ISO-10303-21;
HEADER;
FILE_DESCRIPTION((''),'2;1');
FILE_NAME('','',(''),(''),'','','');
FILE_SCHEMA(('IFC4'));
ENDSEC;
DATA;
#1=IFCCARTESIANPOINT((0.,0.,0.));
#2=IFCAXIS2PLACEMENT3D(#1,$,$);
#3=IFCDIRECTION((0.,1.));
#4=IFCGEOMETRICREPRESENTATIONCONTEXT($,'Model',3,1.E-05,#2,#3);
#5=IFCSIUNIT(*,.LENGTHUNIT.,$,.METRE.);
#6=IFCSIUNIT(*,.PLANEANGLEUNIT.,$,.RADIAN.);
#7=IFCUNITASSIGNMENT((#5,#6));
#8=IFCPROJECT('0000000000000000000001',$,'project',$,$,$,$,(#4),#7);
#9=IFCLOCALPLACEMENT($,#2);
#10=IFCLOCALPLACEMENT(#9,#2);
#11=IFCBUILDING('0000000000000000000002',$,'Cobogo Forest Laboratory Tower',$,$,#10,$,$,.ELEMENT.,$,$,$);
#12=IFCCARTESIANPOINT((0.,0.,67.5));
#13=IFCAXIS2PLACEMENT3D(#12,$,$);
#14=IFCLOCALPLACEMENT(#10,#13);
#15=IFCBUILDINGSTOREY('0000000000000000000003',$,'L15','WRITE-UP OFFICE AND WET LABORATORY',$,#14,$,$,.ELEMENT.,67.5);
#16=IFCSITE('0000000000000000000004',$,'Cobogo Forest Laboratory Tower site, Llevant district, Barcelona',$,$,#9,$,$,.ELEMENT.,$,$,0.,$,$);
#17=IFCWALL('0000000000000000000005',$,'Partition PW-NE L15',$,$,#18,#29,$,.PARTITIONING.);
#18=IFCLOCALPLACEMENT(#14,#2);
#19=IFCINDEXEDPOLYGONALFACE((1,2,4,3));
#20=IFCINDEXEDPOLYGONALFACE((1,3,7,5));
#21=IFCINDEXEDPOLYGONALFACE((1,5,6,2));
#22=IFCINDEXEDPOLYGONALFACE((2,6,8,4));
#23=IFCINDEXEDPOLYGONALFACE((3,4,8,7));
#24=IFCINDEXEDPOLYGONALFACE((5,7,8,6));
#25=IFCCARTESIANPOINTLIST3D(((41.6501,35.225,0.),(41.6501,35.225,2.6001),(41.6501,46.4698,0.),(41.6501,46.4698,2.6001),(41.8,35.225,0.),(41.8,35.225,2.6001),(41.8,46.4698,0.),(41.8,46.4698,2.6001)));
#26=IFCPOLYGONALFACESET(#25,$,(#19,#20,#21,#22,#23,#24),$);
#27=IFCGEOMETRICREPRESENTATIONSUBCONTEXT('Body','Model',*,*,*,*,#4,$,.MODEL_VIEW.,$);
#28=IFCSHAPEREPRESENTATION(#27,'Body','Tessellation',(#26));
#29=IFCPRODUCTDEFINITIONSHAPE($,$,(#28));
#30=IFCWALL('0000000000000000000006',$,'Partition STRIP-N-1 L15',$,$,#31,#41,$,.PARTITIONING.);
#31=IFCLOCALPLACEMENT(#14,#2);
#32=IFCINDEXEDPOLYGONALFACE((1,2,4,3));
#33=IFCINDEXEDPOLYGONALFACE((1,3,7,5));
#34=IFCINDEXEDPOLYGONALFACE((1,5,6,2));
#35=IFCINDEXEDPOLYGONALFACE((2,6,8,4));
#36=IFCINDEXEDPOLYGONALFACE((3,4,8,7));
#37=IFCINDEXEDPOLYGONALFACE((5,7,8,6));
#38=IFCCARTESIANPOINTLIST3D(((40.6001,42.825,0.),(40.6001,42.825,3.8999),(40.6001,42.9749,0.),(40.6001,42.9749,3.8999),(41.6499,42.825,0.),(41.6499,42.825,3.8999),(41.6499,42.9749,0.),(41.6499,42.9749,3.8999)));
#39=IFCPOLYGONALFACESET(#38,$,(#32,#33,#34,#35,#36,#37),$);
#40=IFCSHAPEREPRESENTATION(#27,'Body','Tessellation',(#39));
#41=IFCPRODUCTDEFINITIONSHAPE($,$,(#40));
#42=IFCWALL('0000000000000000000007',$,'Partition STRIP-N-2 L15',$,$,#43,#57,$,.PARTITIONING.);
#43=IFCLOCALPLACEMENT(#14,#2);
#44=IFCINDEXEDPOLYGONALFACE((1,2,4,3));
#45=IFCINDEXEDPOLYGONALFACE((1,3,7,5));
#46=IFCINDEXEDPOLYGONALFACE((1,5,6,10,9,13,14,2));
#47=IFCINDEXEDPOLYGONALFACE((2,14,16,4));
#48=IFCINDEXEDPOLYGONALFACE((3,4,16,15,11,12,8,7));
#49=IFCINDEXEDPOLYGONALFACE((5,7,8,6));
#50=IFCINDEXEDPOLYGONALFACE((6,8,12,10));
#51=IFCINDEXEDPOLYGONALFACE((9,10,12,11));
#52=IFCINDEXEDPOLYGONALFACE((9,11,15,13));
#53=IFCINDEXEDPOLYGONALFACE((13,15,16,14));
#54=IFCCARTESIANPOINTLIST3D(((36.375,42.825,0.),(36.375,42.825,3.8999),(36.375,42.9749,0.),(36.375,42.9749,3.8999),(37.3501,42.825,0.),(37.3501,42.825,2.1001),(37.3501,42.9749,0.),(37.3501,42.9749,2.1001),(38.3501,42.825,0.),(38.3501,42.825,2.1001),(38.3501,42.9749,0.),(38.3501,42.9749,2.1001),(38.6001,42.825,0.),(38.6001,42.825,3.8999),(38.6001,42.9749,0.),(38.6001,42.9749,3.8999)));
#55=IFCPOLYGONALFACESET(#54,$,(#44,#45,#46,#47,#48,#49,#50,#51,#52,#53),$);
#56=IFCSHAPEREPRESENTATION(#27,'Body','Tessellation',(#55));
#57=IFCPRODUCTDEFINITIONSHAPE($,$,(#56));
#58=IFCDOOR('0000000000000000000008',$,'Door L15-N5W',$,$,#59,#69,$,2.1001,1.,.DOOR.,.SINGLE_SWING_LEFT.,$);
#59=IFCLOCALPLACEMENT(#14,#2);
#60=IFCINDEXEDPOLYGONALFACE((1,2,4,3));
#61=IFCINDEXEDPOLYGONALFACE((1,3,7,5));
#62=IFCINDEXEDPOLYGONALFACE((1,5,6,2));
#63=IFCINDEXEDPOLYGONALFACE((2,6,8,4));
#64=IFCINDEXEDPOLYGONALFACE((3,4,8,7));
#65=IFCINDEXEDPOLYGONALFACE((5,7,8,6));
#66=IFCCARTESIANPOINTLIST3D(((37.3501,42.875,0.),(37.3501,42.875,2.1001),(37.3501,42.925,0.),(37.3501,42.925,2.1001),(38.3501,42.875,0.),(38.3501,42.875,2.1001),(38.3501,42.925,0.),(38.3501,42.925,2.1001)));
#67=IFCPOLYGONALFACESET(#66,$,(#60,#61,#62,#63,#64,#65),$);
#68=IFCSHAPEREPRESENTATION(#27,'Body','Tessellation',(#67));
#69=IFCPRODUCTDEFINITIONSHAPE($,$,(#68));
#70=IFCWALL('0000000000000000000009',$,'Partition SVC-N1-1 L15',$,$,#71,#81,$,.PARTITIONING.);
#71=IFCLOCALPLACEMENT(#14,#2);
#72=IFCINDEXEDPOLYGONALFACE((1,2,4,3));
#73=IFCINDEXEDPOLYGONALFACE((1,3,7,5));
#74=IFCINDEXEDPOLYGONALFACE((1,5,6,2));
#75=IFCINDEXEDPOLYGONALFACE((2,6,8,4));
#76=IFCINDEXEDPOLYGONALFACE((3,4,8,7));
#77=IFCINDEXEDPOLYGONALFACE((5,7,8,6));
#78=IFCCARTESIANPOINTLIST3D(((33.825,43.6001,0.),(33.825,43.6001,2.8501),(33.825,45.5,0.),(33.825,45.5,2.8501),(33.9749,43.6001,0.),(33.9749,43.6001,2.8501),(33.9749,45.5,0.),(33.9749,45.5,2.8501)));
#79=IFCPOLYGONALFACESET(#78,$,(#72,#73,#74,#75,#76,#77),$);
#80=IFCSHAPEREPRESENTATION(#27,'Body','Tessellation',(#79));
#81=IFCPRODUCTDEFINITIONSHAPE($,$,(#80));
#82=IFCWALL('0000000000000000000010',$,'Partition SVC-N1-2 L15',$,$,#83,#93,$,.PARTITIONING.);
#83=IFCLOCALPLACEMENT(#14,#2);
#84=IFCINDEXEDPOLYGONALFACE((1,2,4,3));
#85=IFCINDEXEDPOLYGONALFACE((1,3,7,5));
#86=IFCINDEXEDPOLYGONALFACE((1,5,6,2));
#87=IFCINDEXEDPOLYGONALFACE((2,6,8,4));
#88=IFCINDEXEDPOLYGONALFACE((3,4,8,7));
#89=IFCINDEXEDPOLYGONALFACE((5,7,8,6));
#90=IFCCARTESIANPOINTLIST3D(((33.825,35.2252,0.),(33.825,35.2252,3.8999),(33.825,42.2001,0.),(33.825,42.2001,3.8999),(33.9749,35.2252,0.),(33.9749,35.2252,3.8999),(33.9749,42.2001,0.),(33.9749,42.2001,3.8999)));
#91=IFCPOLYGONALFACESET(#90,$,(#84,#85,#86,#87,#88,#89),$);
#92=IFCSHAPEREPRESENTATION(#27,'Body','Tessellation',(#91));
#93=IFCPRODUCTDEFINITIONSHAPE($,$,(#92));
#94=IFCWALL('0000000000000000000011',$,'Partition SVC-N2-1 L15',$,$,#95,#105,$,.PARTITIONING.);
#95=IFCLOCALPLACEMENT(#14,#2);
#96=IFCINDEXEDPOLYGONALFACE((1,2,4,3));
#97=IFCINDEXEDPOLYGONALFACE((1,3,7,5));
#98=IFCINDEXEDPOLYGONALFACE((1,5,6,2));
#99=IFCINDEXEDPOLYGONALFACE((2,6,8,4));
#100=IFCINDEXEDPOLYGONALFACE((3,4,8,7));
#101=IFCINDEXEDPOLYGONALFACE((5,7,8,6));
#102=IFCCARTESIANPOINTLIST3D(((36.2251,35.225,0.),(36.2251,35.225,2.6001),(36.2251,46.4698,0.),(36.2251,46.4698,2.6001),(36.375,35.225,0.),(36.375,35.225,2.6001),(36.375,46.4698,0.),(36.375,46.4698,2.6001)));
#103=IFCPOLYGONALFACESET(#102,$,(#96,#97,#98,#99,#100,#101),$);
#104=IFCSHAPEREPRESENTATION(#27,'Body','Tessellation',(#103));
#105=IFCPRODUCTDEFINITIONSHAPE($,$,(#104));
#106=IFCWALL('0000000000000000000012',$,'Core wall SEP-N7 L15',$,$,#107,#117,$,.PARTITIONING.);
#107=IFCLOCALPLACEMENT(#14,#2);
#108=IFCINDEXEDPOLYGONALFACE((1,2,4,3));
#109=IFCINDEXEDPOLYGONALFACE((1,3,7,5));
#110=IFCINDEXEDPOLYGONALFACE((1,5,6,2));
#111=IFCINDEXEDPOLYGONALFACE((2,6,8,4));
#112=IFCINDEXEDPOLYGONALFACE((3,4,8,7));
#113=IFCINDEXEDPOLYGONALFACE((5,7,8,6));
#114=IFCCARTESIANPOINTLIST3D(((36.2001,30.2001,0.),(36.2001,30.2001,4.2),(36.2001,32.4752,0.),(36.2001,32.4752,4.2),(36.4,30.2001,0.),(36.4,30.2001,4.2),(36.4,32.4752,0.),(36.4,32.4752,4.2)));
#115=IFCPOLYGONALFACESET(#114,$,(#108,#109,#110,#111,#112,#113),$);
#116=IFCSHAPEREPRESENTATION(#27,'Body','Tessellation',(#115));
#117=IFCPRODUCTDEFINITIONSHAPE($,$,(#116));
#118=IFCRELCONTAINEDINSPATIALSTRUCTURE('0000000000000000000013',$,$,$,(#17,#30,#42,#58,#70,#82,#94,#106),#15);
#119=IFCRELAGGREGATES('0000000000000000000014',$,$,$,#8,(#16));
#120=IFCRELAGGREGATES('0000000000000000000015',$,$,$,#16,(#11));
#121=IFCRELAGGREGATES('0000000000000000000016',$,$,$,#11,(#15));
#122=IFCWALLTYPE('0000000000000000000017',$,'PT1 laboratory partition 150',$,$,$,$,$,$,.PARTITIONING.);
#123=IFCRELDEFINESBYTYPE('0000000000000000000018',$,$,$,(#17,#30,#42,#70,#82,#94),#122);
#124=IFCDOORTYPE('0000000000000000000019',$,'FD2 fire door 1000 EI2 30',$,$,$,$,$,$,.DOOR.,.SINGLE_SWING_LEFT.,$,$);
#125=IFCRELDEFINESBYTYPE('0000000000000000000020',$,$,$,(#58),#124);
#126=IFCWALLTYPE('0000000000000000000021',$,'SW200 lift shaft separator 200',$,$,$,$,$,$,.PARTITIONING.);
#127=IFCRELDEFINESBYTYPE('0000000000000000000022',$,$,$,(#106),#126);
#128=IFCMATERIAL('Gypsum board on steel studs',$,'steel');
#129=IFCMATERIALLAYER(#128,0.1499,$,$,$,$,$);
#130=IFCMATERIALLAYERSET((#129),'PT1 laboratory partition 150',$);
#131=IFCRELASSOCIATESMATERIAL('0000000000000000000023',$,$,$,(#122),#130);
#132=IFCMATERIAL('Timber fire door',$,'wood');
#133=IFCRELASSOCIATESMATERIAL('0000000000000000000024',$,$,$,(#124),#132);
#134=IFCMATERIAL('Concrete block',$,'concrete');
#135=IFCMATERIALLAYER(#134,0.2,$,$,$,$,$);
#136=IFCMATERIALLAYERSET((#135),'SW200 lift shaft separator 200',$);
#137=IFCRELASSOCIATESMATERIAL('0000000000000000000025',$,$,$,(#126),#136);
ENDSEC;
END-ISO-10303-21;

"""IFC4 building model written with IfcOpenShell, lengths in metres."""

from ifc_helpers import new_model, si_unit, direction, frame, frame_2d, origin, place, context, subcontext, project, spatial, rectangle, extrude, material, layer, layer_set, type_object, element, fill, save


model = new_model("IFC4")

# Units and contexts
model_context = context("Model", 3, precision=1e-05, world=origin(), true_north=direction((0.0, 1.0)))
body_context = subcontext(model_context, "Body", "Model", "MODEL_VIEW")
ifc_project = project(units=[si_unit("LENGTHUNIT", "METRE"), si_unit("PLANEANGLEUNIT", "RADIAN")], contexts=[model_context])

# Site, building, storey
site_placement = place(None, origin())
site = spatial("IfcSite", under=ifc_project, at=site_placement, Name="Cobogo Forest Laboratory Tower site, Llevant district, Barcelona", CompositionType="ELEMENT", RefElevation=0.0)
building_placement = place(site_placement, origin())
building = spatial("IfcBuilding", under=site, at=building_placement, Name="Cobogo Forest Laboratory Tower", CompositionType="ELEMENT")
storey_placement = place(building_placement, frame((0.0, 0.0, 67.5)))
storey = spatial("IfcBuildingStorey", under=building, at=storey_placement, Name="L15", Description="WRITE-UP OFFICE AND WET LABORATORY", CompositionType="ELEMENT", Elevation=67.5)

# Walls
ifc_material_1 = material(Name="Gypsum board on steel studs", Category="steel")
ifc_layer_1 = layer(ifc_material_1, 0.1499)
ifc_layer_set_1 = layer_set([ifc_layer_1], Name="PT1 laboratory partition 150")
wall_type_1 = type_object("IfcWallType", Name="PT1 laboratory partition 150", PredefinedType="PARTITIONING", material=ifc_layer_set_1)
wall_1_placement = place(storey_placement, frame((41.7251, 46.47, 0.0), z_axis=(0.0, 0.0, 1.0), x_axis=(0.0, -1.0, 0.0)))
element("IfcWall", 1, at=wall_1_placement, inside=storey, type_object=wall_type_1, Name="Partition PW-NE L15", PredefinedType="PARTITIONING", context=body_context, shape_type="SweptSolid", body=[
    extrude(rectangle(XDim=11.2449, YDim=0.1499, at=frame_2d((5.6226, 0.0))), origin(), (0.0, 0.0, 1.0), 2.6001),
])
wall_2_placement = place(storey_placement, frame((41.6499, 42.8999, 0.0), z_axis=(0.0, 0.0, 1.0), x_axis=(-1.0, 0.0, 0.0)))
element("IfcWall", 2, at=wall_2_placement, inside=storey, type_object=wall_type_1, Name="Partition STRIP-N-1 L15", PredefinedType="PARTITIONING", context=body_context, shape_type="SweptSolid", body=[
    extrude(rectangle(XDim=1.0498, YDim=0.1499, at=frame_2d((0.5249, 0.0))), origin(), (0.0, 0.0, 1.0), 3.8999),
])

# Wall, opening, door
wall_3_placement = place(storey_placement, frame((38.6001, 42.8999, 0.0), z_axis=(0.0, 0.0, 1.0), x_axis=(-1.0, 0.0, 0.0)))
wall_3 = element("IfcWall", 3, at=wall_3_placement, inside=storey, type_object=wall_type_1, Name="Partition STRIP-N-2 L15", PredefinedType="PARTITIONING", context=body_context, shape_type="SweptSolid", body=[
    extrude(rectangle(XDim=2.2251, YDim=0.1499, at=frame_2d((1.1125, 0.0))), origin(), (0.0, 0.0, 1.0), 3.8999),
])
opening_placement = place(wall_3_placement, frame((0.25, 0.0, 0.0)))
opening = element("IfcOpeningElement", 4, at=opening_placement, cuts=wall_3, PredefinedType="OPENING", context=body_context, shape_type="SweptSolid", body=[
    extrude(rectangle(XDim=1.0, YDim=2.1001, at=frame_2d((0.5, 1.05))), frame((0.0, 0.085, 0.0), z_axis=(0.0, -1.0, 0.0), x_axis=(1.0, 0.0, 0.0)), (0.0, 0.0, 1.0), 0.1699),
])
ifc_material_2 = material(Name="Timber fire door", Category="wood")
door_type = type_object("IfcDoorType", Name="FD2 fire door 1000 EI2 30", OperationType="SINGLE_SWING_LEFT", PredefinedType="DOOR", material=ifc_material_2)
door_placement = place(opening_placement, origin())
door = element("IfcDoor", 5, at=door_placement, inside=storey, type_object=door_type, Name="Door L15-N5W", OperationType="SINGLE_SWING_LEFT", OverallHeight=2.1001, OverallWidth=1.0, PredefinedType="DOOR", context=body_context, shape_type="SweptSolid", body=[
    extrude(rectangle(XDim=1.0, YDim=2.1001, at=frame_2d((0.5, 1.05))), frame((0.0, 0.0249, 0.0), z_axis=(0.0, -1.0, 0.0), x_axis=(1.0, 0.0, 0.0)), (0.0, 0.0, 1.0), 0.05),
])
fill(opening, door)

# Walls
wall_4_placement = place(storey_placement, frame((33.8999, 45.5, 0.0), z_axis=(0.0, 0.0, 1.0), x_axis=(0.0, -1.0, 0.0)))
element("IfcWall", 6, at=wall_4_placement, inside=storey, type_object=wall_type_1, Name="Partition SVC-N1-1 L15", PredefinedType="PARTITIONING", context=body_context, shape_type="SweptSolid", body=[
    extrude(rectangle(XDim=1.8999, YDim=0.1499, at=frame_2d((0.95, 0.0))), origin(), (0.0, 0.0, 1.0), 2.8501),
])
wall_5_placement = place(storey_placement, frame((33.8999, 42.2, 0.0), z_axis=(0.0, 0.0, 1.0), x_axis=(0.0, -1.0, 0.0)))
element("IfcWall", 7, at=wall_5_placement, inside=storey, type_object=wall_type_1, Name="Partition SVC-N1-2 L15", PredefinedType="PARTITIONING", context=body_context, shape_type="SweptSolid", body=[
    extrude(rectangle(XDim=6.9749, YDim=0.1499, at=frame_2d((3.4873, 0.0))), origin(), (0.0, 0.0, 1.0), 3.8999),
])
wall_6_placement = place(storey_placement, frame((36.3, 46.47, 0.0), z_axis=(0.0, 0.0, 1.0), x_axis=(0.0, -1.0, 0.0)))
element("IfcWall", 8, at=wall_6_placement, inside=storey, type_object=wall_type_1, Name="Partition SVC-N2-1 L15", PredefinedType="PARTITIONING", context=body_context, shape_type="SweptSolid", body=[
    extrude(rectangle(XDim=11.2449, YDim=0.1499, at=frame_2d((5.6226, 0.0))), origin(), (0.0, 0.0, 1.0), 2.6001),
])
ifc_material_3 = material(Name="Concrete block", Category="concrete")
ifc_layer_2 = layer(ifc_material_3, 0.2)
ifc_layer_set_2 = layer_set([ifc_layer_2], Name="SW200 lift shaft separator 200")
wall_type_2 = type_object("IfcWallType", Name="SW200 lift shaft separator 200", PredefinedType="PARTITIONING", material=ifc_layer_set_2)
wall_7_placement = place(storey_placement, frame((36.3, 30.2, 0.0), z_axis=(0.0, 0.0, 1.0), x_axis=(0.0, 1.0, 0.0)))
element("IfcWall", 9, at=wall_7_placement, inside=storey, type_object=wall_type_2, Name="Core wall SEP-N7 L15", PredefinedType="PARTITIONING", context=body_context, shape_type="SweptSolid", body=[
    extrude(rectangle(XDim=2.2751, YDim=0.2, at=frame_2d((1.1377, 0.0))), origin(), (0.0, 0.0, 1.0), 4.2),
])

save(model, "model.ifc")
